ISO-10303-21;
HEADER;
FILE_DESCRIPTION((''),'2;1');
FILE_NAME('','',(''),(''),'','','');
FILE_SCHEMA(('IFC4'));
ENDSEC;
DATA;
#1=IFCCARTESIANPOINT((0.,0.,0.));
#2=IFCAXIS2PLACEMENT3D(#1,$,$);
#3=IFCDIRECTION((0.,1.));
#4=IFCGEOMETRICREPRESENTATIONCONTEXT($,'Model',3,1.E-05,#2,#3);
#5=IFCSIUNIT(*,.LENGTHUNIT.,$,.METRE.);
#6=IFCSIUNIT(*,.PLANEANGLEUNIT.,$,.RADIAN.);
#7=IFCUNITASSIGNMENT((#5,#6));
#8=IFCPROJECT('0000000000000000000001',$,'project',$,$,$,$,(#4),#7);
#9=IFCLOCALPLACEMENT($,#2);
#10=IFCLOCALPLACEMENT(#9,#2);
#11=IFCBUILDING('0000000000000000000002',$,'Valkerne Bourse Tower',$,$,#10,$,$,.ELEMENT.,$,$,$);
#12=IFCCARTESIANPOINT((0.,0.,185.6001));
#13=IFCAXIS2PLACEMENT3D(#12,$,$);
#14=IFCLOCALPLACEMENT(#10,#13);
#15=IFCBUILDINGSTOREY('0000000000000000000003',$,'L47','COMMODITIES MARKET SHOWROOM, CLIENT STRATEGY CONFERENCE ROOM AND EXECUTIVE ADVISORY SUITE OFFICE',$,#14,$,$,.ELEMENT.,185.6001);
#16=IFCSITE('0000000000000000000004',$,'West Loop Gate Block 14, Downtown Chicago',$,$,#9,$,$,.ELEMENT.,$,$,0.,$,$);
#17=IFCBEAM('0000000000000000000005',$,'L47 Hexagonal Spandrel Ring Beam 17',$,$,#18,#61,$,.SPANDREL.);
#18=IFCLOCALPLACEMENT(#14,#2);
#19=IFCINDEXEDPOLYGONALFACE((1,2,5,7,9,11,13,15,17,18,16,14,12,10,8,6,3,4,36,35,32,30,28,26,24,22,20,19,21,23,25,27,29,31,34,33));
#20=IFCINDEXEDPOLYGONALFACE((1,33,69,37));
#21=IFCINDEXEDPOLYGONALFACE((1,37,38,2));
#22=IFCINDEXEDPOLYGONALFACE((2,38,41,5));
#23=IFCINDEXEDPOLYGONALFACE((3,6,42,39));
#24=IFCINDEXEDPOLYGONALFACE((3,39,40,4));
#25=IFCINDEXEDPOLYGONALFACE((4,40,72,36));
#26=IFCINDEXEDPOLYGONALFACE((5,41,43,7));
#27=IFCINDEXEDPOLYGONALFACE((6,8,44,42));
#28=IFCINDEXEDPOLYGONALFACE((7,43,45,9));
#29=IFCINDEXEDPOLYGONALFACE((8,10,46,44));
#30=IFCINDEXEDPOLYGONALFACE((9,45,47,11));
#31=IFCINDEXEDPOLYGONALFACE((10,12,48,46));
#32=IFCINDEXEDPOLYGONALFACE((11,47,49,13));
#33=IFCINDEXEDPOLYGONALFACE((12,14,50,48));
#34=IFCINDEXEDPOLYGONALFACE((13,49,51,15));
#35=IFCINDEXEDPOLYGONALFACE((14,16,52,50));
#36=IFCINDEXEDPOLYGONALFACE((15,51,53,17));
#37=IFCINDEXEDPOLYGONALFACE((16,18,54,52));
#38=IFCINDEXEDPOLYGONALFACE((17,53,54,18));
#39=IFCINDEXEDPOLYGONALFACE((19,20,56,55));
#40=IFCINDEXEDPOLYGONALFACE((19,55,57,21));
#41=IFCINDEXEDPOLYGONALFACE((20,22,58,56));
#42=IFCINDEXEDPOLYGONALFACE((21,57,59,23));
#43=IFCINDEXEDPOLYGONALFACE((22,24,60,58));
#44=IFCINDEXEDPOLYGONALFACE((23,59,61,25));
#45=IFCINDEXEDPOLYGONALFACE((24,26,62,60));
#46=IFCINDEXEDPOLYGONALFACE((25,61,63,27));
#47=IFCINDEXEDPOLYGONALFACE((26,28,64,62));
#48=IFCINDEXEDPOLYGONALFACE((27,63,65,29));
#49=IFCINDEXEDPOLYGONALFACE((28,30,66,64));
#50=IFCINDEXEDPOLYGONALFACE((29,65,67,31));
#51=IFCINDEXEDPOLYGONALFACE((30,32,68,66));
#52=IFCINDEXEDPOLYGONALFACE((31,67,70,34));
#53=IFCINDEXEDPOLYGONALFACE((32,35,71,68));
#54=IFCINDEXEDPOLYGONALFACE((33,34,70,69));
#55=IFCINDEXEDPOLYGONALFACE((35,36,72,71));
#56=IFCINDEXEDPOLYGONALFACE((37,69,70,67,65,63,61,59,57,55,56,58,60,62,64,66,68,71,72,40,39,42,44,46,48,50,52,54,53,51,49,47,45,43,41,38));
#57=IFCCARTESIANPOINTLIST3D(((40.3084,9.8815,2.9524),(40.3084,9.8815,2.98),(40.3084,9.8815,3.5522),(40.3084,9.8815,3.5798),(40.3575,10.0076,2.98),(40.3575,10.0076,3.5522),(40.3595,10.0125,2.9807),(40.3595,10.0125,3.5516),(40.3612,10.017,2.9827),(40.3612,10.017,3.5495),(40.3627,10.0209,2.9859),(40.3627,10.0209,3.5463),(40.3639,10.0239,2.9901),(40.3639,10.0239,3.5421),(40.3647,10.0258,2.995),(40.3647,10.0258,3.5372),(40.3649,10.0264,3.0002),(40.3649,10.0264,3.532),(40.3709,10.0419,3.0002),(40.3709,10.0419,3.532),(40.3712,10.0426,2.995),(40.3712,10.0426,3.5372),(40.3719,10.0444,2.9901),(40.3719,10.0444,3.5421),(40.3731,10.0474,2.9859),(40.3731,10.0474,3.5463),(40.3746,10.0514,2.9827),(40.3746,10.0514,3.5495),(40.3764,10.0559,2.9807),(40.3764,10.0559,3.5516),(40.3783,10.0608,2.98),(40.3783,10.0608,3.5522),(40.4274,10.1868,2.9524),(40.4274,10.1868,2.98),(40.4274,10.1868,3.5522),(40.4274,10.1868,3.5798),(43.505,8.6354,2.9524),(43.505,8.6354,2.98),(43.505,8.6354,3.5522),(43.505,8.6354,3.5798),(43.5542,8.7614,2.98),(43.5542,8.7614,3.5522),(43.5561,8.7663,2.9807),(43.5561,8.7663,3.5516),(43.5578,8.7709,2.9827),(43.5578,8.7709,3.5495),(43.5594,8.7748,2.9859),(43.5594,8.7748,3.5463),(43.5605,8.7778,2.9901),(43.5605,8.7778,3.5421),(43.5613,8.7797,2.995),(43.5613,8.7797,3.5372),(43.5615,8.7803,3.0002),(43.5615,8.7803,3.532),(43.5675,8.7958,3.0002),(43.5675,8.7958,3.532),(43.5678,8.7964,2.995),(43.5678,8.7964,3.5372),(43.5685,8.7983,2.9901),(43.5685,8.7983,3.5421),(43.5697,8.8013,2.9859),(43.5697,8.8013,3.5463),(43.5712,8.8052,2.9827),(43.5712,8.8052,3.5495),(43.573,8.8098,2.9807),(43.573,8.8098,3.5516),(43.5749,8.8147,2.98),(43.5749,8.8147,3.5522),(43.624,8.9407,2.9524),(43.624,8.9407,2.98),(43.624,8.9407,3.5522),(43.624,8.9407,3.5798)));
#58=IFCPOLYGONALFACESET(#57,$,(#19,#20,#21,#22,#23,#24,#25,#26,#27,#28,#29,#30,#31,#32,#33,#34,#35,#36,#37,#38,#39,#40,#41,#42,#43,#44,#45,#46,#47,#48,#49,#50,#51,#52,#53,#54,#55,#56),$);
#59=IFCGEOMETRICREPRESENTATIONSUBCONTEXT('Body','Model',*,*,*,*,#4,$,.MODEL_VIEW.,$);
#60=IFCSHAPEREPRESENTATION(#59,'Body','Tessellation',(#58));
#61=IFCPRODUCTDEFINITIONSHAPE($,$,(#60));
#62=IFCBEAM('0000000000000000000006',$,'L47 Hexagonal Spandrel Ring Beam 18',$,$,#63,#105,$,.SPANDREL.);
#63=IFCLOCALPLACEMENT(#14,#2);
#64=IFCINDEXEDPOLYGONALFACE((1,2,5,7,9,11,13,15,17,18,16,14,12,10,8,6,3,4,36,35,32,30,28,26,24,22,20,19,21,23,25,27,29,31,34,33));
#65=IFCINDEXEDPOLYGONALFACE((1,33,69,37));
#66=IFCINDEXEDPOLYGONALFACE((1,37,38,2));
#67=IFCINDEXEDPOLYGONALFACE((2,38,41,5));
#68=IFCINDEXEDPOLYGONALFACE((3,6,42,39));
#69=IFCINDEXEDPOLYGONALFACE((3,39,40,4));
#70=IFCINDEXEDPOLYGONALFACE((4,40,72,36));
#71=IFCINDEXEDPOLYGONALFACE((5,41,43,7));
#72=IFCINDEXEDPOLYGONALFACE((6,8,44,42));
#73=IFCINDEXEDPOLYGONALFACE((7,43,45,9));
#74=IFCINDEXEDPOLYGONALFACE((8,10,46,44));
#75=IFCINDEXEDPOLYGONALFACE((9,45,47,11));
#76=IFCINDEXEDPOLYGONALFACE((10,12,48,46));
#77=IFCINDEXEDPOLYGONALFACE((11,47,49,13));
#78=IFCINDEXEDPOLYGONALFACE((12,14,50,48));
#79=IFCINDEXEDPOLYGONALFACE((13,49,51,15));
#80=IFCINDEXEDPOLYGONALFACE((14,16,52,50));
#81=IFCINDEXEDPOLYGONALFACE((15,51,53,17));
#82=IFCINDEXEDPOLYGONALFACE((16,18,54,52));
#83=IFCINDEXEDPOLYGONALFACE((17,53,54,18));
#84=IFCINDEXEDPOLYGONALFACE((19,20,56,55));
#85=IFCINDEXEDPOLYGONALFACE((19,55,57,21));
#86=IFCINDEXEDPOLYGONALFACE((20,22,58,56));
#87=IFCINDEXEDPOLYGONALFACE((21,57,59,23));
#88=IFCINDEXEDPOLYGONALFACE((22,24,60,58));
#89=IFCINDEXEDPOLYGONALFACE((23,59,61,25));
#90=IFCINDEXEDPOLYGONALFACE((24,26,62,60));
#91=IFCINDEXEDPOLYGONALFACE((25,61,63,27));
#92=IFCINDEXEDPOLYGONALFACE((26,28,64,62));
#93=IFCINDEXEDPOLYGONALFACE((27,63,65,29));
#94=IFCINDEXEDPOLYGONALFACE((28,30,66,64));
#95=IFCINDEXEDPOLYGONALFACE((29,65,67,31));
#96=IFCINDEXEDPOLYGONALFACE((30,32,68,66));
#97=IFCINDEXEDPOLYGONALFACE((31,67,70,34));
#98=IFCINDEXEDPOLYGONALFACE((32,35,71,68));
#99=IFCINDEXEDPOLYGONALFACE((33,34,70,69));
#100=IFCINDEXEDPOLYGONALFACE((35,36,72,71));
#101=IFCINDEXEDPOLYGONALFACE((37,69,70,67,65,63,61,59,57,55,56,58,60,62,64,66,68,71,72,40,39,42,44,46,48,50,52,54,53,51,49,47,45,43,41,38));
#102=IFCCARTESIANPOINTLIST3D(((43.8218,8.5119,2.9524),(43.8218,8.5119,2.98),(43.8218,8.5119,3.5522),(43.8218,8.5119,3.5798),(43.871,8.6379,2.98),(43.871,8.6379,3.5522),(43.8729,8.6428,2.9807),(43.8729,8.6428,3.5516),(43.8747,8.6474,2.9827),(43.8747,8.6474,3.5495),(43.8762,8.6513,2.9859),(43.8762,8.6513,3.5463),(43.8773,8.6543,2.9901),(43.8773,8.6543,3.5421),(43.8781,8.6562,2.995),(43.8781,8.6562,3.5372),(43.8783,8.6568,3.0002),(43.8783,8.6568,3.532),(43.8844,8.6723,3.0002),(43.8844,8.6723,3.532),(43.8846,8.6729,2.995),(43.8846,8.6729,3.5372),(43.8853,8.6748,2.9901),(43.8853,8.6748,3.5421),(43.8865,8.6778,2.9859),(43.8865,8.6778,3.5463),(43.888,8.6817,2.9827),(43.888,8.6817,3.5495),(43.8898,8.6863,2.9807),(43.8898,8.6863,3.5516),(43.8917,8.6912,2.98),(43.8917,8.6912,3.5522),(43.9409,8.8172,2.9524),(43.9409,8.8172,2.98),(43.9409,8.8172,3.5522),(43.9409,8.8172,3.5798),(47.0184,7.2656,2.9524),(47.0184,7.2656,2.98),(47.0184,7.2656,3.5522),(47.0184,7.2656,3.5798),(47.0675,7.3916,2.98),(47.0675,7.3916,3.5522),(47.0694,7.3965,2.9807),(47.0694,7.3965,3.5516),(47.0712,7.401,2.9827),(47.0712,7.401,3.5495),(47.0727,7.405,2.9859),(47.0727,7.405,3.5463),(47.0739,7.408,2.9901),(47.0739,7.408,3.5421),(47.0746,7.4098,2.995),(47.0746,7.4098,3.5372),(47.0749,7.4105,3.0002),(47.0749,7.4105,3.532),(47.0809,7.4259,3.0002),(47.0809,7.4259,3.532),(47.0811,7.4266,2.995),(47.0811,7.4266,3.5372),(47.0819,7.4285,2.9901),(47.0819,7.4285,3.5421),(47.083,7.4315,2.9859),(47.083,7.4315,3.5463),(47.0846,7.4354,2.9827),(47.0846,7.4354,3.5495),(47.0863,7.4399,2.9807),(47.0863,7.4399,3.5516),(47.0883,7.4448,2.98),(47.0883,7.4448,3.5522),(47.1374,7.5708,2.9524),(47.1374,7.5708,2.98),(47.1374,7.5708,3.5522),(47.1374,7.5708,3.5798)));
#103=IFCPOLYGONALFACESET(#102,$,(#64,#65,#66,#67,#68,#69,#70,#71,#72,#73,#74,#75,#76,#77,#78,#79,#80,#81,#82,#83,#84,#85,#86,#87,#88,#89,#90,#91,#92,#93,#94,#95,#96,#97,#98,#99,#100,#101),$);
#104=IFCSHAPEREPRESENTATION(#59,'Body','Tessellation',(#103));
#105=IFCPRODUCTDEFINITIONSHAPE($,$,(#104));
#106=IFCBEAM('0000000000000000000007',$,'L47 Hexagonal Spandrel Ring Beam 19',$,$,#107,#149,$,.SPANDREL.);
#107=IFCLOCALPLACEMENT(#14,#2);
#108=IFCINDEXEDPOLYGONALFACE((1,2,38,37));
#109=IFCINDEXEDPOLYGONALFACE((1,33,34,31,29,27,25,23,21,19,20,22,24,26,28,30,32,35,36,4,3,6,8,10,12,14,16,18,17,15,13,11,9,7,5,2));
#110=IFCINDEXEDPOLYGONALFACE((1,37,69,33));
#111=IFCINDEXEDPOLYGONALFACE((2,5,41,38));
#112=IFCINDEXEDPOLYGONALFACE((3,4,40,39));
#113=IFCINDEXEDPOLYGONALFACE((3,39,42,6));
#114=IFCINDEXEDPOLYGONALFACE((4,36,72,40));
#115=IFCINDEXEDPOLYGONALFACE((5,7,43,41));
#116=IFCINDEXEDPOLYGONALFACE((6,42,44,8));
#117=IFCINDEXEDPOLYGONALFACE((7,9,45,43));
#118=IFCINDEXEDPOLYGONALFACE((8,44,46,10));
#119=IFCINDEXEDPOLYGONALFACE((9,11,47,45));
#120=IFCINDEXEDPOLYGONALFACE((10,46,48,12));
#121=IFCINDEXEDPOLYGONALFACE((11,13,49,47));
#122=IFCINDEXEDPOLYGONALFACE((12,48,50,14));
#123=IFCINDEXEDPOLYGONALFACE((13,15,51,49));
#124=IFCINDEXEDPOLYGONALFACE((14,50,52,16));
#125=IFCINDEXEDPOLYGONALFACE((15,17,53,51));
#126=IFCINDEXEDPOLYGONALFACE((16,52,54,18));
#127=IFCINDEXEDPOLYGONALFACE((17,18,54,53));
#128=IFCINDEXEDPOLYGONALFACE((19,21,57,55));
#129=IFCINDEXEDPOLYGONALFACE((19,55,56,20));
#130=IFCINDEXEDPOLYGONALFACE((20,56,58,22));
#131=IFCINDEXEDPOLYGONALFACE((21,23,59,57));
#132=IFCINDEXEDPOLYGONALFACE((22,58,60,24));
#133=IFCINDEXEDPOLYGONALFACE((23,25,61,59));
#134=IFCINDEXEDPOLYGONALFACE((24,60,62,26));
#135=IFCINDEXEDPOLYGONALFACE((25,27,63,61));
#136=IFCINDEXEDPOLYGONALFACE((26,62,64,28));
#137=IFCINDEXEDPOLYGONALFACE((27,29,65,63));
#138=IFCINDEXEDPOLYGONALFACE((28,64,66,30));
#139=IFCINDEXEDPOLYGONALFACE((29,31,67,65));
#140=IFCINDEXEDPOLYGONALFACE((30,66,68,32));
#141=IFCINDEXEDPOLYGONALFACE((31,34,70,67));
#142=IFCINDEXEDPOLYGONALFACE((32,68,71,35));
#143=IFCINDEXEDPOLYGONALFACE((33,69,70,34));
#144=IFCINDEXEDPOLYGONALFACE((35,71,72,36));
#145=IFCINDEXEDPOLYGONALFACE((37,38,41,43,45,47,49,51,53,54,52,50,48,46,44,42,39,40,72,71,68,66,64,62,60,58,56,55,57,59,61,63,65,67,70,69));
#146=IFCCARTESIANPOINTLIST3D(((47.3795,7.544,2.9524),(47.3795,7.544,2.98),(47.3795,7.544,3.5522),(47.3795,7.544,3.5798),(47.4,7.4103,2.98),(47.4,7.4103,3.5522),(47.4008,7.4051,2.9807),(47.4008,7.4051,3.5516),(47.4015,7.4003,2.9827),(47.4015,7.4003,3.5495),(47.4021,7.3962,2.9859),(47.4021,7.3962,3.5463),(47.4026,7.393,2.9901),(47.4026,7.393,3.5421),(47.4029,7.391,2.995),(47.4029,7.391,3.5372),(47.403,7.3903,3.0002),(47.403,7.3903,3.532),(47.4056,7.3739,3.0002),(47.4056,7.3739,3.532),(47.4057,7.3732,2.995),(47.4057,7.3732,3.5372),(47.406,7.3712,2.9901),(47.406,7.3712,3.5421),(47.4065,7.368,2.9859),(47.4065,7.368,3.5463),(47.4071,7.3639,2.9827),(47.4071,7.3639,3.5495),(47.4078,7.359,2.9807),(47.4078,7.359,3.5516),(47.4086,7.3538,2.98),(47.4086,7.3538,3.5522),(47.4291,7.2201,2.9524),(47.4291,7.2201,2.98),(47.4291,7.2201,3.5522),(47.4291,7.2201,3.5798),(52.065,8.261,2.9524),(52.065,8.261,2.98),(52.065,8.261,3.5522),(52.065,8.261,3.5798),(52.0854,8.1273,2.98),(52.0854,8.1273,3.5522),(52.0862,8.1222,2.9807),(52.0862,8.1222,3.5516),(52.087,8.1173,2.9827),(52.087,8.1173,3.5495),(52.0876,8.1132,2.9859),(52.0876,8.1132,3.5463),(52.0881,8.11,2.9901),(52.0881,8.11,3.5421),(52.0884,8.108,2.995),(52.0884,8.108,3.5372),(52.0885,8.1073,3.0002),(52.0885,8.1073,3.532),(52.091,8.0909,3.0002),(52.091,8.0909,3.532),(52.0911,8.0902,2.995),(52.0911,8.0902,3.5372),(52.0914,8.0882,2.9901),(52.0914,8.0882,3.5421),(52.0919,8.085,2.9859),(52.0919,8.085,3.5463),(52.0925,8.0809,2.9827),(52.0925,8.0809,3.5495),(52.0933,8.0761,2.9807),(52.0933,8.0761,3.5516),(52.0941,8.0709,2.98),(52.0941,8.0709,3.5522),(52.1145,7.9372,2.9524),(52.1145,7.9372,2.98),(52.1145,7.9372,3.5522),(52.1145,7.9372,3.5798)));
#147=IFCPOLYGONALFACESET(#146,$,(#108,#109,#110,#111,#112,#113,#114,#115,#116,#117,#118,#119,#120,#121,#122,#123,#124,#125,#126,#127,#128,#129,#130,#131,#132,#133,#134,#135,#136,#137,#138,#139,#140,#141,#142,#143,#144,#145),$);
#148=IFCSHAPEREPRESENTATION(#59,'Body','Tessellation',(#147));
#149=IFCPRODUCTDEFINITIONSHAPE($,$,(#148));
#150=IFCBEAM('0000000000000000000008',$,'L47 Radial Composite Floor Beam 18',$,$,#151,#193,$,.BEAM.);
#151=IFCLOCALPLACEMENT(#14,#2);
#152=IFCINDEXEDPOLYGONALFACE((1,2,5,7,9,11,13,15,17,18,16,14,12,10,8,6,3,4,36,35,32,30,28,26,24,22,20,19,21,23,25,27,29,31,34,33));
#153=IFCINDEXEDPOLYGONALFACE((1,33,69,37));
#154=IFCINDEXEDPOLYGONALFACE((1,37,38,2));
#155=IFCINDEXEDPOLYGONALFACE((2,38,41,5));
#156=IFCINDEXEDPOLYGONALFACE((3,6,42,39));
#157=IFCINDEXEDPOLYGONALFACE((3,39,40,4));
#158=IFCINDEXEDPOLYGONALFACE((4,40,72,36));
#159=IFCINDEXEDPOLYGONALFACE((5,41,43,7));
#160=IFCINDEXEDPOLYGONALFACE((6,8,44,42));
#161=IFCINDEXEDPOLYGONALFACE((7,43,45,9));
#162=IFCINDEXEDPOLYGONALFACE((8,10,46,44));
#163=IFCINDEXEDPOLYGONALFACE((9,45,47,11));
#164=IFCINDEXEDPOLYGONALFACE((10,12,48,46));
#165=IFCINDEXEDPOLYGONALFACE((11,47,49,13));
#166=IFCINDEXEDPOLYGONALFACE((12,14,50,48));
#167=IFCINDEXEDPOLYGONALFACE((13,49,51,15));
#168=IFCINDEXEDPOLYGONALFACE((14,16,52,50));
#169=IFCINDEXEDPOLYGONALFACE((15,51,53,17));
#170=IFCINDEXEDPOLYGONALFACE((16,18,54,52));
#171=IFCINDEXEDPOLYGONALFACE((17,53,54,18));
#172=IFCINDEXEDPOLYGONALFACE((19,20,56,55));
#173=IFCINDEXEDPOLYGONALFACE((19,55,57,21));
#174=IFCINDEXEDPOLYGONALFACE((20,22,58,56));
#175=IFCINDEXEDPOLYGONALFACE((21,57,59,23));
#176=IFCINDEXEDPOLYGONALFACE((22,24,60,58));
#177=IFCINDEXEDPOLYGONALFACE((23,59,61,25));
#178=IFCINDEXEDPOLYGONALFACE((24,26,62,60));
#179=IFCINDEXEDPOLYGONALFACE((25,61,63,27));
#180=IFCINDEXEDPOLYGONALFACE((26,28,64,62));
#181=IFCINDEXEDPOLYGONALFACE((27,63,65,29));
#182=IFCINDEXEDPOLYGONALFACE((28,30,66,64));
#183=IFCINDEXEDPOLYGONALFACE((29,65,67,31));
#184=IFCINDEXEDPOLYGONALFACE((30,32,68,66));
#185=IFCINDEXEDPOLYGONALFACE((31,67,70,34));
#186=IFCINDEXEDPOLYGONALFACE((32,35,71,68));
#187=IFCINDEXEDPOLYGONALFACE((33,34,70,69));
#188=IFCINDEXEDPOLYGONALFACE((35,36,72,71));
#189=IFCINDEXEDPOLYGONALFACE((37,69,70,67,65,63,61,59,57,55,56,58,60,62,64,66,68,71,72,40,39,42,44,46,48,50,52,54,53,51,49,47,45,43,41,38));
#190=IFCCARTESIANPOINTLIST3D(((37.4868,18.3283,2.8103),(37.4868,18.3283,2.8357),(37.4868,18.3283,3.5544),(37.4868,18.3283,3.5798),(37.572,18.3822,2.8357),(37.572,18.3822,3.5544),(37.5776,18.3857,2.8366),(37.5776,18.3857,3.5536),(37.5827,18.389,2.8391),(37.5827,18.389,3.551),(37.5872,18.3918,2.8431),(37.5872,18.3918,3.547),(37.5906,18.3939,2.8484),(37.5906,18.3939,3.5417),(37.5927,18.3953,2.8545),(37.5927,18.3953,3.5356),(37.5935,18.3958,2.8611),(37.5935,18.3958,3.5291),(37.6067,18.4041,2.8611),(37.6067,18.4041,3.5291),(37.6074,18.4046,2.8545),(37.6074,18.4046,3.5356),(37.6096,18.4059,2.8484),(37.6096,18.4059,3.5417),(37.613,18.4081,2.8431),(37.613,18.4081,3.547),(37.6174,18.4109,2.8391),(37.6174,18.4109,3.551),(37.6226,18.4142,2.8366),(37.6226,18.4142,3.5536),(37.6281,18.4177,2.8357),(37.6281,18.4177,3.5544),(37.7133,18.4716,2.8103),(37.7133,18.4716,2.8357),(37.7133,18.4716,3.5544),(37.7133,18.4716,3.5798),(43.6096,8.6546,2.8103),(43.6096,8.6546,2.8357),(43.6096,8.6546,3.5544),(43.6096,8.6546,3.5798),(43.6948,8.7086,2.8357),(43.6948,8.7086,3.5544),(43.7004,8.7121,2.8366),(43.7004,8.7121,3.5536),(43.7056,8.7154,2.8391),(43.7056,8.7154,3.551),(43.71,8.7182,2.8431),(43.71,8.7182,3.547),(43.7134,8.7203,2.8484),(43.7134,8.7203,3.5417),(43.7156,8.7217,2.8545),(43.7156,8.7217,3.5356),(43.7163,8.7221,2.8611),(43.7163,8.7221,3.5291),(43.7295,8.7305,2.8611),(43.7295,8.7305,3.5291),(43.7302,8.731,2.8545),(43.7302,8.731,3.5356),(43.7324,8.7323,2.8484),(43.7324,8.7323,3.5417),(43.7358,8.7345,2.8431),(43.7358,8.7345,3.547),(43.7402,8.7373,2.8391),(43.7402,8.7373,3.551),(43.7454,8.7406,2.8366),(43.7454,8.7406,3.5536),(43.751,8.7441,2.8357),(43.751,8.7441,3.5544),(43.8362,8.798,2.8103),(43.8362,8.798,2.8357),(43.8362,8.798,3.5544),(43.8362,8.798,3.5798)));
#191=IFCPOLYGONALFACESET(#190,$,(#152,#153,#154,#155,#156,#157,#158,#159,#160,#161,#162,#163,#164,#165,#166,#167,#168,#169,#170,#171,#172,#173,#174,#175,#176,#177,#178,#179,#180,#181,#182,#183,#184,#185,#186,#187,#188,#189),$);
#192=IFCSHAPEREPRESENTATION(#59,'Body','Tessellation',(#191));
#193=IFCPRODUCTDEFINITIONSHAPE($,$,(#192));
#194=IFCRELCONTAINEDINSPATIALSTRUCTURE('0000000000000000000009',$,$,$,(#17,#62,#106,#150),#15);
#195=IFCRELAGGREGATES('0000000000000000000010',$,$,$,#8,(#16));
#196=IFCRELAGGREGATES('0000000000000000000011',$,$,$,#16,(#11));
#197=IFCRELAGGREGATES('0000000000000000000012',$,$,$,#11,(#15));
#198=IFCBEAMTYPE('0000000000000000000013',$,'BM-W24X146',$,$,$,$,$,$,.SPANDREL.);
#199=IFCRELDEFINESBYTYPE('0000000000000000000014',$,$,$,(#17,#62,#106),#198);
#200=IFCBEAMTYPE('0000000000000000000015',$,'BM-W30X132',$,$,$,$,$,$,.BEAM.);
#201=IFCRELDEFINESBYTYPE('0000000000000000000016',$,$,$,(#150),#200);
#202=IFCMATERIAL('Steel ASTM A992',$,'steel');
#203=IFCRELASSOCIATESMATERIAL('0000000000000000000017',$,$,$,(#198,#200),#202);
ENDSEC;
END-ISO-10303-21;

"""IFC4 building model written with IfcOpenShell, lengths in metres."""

from ifc_helpers import new_model, si_unit, direction, frame, origin, origin_2d, place, context, subcontext, project, spatial, i_section, extrude, material, material_profile, profile_set, type_object, element, save


model = new_model("IFC4")

# Units and contexts
model_context = context("Model", 3, precision=1e-05, world=origin(), true_north=direction((0.0, 1.0)))
body_context = subcontext(model_context, "Body", "Model", "MODEL_VIEW")
ifc_project = project(units=[si_unit("LENGTHUNIT", "METRE"), si_unit("PLANEANGLEUNIT", "RADIAN")], contexts=[model_context])

# Site, building, storey
site_placement = place(None, origin())
site = spatial("IfcSite", under=ifc_project, at=site_placement, Name="West Loop Gate Block 14, Downtown Chicago", CompositionType="ELEMENT", RefElevation=0.0)
building_placement = place(site_placement, origin())
building = spatial("IfcBuilding", under=site, at=building_placement, Name="Valkerne Bourse Tower", CompositionType="ELEMENT")
storey_placement = place(building_placement, frame((0.0, 0.0, 185.6001)))
storey = spatial("IfcBuildingStorey", under=building, at=storey_placement, Name="L47", Description="COMMODITIES MARKET SHOWROOM, CLIENT STRATEGY CONFERENCE ROOM AND EXECUTIVE ADVISORY SUITE OFFICE", CompositionType="ELEMENT", Elevation=185.6001)

# Beams
ifc_material_1 = material(Name="Steel ASTM A992", Category="steel")
ifc_material_profile_1 = material_profile(ifc_material_1, i_section(OverallWidth=0.3276, OverallDepth=0.6274, WebThickness=0.0166, FlangeThickness=0.0276, FilletRadius=0.0203, at=origin_2d()), Name="W24X146")
ifc_profile_set_1 = profile_set([ifc_material_profile_1], Name="Steel ASTM A992")
beam_type_1 = type_object("IfcBeamType", Name="BM-W24X146", PredefinedType="SPANDREL", material=ifc_profile_set_1)
for number, where, z_axis, x_axis, name in (
    (1, (40.3679, 10.0342, 3.2661), (0.931709, -0.363205, 0.0), (0.363205, 0.931709, 0.0), "L47 Hexagonal Spandrel Ring Beam 17"),
    (2, (43.8813, 8.6646, 3.2661), (0.931685, -0.363267, 0.0), (0.363267, 0.931685, 0.0), "L47 Hexagonal Spandrel Ring Beam 18"),
):
    element("IfcBeam", number, at=place(storey_placement, frame(where, z_axis=z_axis, x_axis=x_axis)), inside=storey, type_object=beam_type_1, Name=name, PredefinedType="SPANDREL", context=body_context, shape_type="SweptSolid", body=[
        extrude(i_section(OverallWidth=0.3276, OverallDepth=0.6274, WebThickness=0.0166, FlangeThickness=0.0276, FilletRadius=0.0203, at=origin_2d()), origin(), (0.0, 0.0, 1.0), 3.4309),
    ])
beam_1_placement = place(storey_placement, frame((47.4043, 7.3821, 3.2661), z_axis=(0.988492, 0.151271, 0.0), x_axis=(-0.151271, 0.988492, 0.0)))
element("IfcBeam", 3, at=beam_1_placement, inside=storey, type_object=beam_type_1, Name="L47 Hexagonal Spandrel Ring Beam 19", PredefinedType="SPANDREL", context=body_context, shape_type="SweptSolid", body=[
    extrude(i_section(OverallWidth=0.3276, OverallDepth=0.6274, WebThickness=0.0166, FlangeThickness=0.0276, FilletRadius=0.0203, at=origin_2d()), origin(), (0.0, 0.0, 1.0), 4.74),
])
ifc_material_profile_2 = material_profile(ifc_material_1, i_section(OverallWidth=0.2681, OverallDepth=0.7695, WebThickness=0.0156, FlangeThickness=0.0254, FilletRadius=0.0254, at=origin_2d()), Name="W30X132")
ifc_profile_set_2 = profile_set([ifc_material_profile_2], Name="Steel ASTM A992")
beam_type_2 = type_object("IfcBeamType", Name="BM-W30X132", PredefinedType="BEAM", material=ifc_profile_set_2)
beam_2_placement = place(storey_placement, frame((43.7229, 8.7263, 3.1951), z_axis=(-0.534815, 0.844969, 0.0), x_axis=(-0.844969, -0.534815, 0.0)))
element("IfcBeam", 4, at=beam_2_placement, inside=storey, type_object=beam_type_2, Name="L47 Radial Composite Floor Beam 18", PredefinedType="BEAM", context=body_context, shape_type="SweptSolid", body=[
    extrude(i_section(OverallWidth=0.2681, OverallDepth=0.7695, WebThickness=0.0156, FlangeThickness=0.0254, FilletRadius=0.0254, at=origin_2d()), origin(), (0.0, 0.0, 1.0), 11.4485),
])

save(model, "model.ifc")
